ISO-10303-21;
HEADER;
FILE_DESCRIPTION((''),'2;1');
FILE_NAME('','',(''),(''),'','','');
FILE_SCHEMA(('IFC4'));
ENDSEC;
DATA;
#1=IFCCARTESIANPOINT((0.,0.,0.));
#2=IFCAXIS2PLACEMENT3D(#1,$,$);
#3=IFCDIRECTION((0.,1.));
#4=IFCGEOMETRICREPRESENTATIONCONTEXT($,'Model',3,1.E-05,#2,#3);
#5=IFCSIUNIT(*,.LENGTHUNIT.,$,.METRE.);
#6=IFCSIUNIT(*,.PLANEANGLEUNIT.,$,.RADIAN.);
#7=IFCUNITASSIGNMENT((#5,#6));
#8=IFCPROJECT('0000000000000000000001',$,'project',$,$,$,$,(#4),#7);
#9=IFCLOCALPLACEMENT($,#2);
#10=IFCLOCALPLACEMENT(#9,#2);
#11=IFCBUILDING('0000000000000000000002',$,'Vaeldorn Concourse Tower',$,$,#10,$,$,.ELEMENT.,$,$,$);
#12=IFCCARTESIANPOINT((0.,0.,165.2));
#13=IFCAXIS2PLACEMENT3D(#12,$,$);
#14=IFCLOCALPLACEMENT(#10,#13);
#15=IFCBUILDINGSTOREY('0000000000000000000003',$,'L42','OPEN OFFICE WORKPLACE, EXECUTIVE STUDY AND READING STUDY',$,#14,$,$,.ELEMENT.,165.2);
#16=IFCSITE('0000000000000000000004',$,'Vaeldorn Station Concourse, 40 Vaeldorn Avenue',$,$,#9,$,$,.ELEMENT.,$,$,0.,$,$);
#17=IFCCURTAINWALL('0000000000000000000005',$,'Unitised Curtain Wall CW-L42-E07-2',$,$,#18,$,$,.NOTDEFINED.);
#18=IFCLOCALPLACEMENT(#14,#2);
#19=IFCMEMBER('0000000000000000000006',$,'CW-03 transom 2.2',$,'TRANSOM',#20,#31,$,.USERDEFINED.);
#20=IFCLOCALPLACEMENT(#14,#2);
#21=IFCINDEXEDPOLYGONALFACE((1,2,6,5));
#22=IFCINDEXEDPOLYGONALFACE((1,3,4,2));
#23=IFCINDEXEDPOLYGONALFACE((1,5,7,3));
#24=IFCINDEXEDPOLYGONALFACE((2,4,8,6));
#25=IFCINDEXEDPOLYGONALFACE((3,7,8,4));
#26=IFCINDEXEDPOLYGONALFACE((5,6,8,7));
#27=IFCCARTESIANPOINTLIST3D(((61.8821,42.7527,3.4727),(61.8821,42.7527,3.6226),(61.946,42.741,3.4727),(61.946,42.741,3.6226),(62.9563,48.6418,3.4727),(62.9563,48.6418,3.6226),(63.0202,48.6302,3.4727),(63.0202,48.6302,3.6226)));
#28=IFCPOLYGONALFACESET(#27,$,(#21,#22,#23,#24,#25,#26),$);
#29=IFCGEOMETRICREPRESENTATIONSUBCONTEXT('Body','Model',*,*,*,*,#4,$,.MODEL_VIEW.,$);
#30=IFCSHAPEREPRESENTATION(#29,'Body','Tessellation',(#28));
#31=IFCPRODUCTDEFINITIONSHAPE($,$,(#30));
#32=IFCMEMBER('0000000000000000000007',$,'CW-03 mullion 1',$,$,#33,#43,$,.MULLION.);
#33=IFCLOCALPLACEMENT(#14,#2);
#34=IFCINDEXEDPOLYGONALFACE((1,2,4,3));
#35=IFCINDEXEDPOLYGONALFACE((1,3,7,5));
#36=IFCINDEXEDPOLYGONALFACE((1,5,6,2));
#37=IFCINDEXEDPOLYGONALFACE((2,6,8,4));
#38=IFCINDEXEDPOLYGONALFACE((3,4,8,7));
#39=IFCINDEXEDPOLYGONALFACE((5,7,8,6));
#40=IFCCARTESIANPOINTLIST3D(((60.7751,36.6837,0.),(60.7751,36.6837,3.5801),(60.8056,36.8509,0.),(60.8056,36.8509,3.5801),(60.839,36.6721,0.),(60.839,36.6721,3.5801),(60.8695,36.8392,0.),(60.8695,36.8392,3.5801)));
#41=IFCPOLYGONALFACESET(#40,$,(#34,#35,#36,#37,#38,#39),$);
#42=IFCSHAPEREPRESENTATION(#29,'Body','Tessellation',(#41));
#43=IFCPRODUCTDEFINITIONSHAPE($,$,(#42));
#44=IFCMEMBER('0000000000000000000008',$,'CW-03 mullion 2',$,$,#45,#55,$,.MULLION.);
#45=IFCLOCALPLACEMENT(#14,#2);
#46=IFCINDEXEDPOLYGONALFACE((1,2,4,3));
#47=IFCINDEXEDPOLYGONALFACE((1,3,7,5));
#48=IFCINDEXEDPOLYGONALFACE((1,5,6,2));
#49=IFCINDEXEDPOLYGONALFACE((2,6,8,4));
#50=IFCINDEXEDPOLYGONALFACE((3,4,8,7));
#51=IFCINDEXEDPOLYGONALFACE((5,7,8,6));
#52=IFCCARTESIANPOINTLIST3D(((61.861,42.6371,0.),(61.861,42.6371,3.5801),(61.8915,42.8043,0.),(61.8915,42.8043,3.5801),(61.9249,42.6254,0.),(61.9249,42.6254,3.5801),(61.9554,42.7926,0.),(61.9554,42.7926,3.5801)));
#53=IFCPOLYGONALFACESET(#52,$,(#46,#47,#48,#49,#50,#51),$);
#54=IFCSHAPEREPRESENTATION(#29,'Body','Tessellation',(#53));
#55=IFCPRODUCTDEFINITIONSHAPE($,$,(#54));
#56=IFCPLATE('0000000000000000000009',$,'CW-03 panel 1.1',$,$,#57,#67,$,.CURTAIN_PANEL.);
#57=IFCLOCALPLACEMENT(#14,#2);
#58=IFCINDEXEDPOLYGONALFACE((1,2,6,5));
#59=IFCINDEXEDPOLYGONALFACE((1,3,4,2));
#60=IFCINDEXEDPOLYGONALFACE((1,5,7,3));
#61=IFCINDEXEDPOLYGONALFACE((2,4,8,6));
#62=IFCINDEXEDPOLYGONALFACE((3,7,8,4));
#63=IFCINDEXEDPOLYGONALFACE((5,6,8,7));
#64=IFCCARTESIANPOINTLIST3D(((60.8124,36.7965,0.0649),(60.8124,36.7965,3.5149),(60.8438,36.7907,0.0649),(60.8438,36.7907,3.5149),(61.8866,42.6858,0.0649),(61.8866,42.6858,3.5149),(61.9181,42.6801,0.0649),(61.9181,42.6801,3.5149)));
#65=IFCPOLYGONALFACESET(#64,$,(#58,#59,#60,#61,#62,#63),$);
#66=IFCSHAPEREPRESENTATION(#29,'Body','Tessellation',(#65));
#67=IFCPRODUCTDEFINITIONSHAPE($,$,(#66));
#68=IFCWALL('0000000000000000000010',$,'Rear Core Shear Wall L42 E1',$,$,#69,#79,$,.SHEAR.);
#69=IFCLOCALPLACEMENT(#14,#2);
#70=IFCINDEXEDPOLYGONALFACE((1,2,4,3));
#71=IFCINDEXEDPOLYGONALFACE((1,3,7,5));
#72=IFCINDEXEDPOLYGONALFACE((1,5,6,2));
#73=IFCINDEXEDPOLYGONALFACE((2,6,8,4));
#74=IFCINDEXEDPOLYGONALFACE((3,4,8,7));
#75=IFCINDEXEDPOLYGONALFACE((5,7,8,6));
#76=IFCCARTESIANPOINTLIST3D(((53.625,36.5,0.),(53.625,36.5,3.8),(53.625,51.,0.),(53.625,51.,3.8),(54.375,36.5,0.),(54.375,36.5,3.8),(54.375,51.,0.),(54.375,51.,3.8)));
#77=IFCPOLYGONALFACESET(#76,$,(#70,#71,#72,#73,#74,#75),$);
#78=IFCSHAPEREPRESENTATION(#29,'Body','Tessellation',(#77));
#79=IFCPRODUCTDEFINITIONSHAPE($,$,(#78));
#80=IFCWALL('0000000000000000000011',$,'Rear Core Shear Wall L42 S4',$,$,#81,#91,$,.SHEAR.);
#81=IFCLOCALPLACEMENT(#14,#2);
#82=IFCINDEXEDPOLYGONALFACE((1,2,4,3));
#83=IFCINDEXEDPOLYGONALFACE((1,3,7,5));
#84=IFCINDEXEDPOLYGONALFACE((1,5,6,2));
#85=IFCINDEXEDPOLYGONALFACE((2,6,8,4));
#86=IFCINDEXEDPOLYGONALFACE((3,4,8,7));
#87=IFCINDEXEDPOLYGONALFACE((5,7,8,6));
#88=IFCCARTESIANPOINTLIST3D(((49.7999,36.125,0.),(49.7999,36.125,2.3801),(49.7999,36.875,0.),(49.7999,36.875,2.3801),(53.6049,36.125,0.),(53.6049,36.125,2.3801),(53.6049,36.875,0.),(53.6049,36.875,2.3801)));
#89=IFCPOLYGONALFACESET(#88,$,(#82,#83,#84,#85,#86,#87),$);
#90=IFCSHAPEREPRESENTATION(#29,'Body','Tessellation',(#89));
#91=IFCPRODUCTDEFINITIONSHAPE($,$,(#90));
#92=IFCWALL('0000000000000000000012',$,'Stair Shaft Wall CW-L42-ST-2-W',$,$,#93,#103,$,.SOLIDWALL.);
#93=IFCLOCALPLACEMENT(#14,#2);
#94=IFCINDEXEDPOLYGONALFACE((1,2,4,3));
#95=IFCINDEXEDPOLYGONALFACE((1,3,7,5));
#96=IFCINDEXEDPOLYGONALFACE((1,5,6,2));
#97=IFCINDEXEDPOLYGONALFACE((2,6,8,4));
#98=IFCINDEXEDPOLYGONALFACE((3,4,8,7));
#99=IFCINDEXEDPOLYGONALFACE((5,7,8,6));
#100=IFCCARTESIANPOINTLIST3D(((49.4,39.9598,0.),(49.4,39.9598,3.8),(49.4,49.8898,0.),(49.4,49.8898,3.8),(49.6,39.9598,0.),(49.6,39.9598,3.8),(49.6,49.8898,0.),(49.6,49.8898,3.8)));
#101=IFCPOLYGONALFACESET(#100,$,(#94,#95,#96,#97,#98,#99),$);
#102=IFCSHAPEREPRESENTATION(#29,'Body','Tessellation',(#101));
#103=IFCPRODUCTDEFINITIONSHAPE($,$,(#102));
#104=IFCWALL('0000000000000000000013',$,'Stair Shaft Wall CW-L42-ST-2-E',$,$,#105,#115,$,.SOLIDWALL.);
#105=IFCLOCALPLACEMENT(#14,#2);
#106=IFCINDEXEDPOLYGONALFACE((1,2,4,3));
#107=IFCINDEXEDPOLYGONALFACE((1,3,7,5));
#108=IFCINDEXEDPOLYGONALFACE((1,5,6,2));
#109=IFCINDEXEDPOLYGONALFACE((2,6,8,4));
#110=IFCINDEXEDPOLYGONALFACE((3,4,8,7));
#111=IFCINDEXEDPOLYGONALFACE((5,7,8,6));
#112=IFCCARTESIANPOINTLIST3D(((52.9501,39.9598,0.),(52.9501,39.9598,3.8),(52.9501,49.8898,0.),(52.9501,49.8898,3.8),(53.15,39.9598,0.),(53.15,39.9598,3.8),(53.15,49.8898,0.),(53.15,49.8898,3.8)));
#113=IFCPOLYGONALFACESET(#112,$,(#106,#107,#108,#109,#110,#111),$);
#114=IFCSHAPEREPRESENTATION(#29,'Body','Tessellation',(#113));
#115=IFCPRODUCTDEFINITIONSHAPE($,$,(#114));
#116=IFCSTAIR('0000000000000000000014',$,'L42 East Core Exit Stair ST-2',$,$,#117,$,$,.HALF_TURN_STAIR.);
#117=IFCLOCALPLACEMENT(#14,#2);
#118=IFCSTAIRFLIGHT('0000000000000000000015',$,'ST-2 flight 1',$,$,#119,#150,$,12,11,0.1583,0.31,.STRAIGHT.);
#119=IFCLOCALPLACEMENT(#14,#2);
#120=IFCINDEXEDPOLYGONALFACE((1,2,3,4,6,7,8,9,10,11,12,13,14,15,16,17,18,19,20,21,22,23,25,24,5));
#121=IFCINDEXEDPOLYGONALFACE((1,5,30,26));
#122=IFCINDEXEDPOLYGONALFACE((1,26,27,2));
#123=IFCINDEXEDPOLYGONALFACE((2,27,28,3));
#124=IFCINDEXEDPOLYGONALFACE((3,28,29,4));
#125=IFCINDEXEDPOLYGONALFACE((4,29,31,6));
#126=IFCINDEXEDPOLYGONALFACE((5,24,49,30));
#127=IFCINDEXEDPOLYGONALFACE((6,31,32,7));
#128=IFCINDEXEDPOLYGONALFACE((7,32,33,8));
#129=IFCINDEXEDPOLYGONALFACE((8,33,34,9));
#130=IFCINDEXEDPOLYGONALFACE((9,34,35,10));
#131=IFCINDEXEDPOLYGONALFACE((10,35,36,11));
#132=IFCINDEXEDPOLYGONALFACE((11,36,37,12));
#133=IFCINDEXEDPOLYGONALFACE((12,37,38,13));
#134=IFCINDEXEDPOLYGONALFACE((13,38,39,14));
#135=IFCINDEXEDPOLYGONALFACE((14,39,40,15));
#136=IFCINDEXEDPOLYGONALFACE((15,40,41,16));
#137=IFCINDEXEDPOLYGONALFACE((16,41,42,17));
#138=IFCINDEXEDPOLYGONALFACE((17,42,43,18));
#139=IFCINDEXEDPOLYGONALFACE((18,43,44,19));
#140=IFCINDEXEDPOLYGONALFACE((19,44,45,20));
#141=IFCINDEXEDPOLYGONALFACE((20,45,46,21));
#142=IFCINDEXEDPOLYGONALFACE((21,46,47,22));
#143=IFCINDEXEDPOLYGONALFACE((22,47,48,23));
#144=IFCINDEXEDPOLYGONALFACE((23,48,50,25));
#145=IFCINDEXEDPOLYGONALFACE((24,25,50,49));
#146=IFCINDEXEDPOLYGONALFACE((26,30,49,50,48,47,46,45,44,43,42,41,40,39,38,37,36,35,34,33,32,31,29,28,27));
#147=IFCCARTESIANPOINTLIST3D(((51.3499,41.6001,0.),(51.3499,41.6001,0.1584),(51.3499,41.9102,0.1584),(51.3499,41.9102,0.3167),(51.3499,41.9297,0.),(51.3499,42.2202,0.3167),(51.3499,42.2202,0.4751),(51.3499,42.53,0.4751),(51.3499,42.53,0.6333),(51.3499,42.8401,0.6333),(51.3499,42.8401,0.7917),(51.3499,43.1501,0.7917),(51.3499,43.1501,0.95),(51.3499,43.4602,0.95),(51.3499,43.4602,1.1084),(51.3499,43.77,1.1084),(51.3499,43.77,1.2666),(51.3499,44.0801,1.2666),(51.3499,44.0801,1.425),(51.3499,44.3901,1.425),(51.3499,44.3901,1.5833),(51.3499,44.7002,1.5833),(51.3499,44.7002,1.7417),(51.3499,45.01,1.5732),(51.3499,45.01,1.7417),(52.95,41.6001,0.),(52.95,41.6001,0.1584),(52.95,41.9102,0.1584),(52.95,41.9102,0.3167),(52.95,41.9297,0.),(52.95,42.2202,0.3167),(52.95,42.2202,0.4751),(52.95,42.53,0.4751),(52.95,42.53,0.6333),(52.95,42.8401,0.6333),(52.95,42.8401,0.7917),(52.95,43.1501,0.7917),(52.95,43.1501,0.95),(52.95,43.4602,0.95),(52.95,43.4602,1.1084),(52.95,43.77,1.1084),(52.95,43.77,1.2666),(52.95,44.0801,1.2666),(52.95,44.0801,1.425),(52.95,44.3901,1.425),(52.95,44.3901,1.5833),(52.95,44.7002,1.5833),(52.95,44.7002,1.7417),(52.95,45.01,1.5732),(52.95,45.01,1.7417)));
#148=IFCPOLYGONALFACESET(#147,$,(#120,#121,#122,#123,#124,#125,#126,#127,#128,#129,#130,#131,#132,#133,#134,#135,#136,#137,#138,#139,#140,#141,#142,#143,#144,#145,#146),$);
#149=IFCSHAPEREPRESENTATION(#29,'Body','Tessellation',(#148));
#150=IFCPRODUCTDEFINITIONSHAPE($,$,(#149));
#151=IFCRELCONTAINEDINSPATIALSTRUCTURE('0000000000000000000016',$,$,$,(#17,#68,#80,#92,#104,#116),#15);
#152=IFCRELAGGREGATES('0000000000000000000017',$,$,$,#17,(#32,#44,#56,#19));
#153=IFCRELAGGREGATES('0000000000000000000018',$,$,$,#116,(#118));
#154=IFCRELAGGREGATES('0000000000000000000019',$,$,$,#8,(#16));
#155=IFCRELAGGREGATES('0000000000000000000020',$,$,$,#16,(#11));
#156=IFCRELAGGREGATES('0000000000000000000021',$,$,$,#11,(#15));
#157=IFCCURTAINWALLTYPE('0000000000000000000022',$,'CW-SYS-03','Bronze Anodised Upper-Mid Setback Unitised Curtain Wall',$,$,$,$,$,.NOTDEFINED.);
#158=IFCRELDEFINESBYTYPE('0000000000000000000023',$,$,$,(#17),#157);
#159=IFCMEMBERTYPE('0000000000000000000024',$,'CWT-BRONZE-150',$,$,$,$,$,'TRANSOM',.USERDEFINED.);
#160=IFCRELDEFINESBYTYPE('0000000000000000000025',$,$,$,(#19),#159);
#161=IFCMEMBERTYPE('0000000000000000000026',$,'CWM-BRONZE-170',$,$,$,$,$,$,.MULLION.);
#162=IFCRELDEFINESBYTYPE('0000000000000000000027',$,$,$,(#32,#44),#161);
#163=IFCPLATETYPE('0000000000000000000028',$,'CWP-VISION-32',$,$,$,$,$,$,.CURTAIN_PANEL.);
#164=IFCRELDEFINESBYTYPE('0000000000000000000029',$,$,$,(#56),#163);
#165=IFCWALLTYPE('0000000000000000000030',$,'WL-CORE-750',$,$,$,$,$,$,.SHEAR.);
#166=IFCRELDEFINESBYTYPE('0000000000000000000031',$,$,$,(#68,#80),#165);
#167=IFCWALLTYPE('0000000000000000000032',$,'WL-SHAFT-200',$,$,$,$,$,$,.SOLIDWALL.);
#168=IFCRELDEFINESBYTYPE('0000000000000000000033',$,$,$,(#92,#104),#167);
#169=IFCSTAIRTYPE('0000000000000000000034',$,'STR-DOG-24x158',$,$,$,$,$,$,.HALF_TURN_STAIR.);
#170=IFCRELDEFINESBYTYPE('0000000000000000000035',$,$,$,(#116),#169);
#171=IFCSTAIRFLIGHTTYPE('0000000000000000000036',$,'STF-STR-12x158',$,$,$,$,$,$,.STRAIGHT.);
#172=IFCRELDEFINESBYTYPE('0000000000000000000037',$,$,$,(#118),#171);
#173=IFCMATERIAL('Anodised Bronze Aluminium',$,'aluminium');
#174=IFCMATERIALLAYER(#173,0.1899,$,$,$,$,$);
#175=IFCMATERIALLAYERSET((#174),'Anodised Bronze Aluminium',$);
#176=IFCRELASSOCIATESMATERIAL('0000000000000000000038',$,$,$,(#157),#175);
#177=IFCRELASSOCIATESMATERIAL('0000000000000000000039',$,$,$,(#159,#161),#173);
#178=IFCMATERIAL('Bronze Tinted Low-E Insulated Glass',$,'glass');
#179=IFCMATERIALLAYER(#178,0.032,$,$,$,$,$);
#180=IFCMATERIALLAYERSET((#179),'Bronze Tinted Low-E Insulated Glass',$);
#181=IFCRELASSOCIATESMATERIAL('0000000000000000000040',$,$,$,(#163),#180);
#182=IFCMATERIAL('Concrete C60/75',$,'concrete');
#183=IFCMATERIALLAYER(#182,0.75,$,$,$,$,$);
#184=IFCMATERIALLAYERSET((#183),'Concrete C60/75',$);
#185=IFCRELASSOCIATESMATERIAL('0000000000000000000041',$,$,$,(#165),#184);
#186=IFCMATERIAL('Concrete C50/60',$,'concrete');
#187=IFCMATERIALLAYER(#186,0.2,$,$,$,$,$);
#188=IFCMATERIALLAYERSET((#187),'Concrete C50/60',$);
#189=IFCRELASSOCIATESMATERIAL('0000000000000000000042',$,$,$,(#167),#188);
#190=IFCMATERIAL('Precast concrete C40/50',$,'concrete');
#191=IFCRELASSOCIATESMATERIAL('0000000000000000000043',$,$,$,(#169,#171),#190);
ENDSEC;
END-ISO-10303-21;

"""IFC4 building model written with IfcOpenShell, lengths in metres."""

from ifc_helpers import new_model, si_unit, direction, frame, frame_2d, origin, origin_2d, place, context, subcontext, project, spatial, polyline, rectangle, outline, extrude, source, transform, mapped, material, layer, layer_set, material_profile, profile_set, type_object, element, aggregate, save


model = new_model("IFC4")

# Units and contexts
model_context = context("Model", 3, precision=1e-05, world=origin(), true_north=direction((0.0, 1.0)))
body_context = subcontext(model_context, "Body", "Model", "MODEL_VIEW")
ifc_project = project(units=[si_unit("LENGTHUNIT", "METRE"), si_unit("PLANEANGLEUNIT", "RADIAN")], contexts=[model_context])

# Site, building, storey
site_placement = place(None, origin())
site = spatial("IfcSite", under=ifc_project, at=site_placement, Name="Vaeldorn Station Concourse, 40 Vaeldorn Avenue", CompositionType="ELEMENT", RefElevation=0.0)
building_placement = place(site_placement, origin())
building = spatial("IfcBuilding", under=site, at=building_placement, Name="Vaeldorn Concourse Tower", CompositionType="ELEMENT")
storey_placement = place(building_placement, frame((0.0, 0.0, 165.2)))
storey = spatial("IfcBuildingStorey", under=building, at=storey_placement, Name="L42", Description="OPEN OFFICE WORKPLACE, EXECUTIVE STUDY AND READING STUDY", CompositionType="ELEMENT", Elevation=165.2)

# Shared definitions
ifc_material_1 = material(Name="Concrete C50/60", Category="concrete")

# Curtain wall, members, plate
ifc_material_2 = material(Name="Anodised Bronze Aluminium", Category="aluminium")
ifc_layer_1 = layer(ifc_material_2, 0.1899)
ifc_layer_set_1 = layer_set([ifc_layer_1], Name="Anodised Bronze Aluminium")
curtain_wall_type = type_object("IfcCurtainWallType", Name="CW-SYS-03", Description="Bronze Anodised Upper-Mid Setback Unitised Curtain Wall", PredefinedType="NOTDEFINED", material=ifc_layer_set_1)
curtain_wall_placement = place(storey_placement, origin())
curtain_wall = element("IfcCurtainWall", 1, at=curtain_wall_placement, inside=storey, type_object=curtain_wall_type, Name="Unitised Curtain Wall CW-L42-E07-2", PredefinedType="NOTDEFINED")
ifc_material_profile_1 = material_profile(ifc_material_2, rectangle(XDim=0.0649, YDim=0.1499, at=origin_2d()), Name="CWT 65x150")
ifc_profile_set_1 = profile_set([ifc_material_profile_1], Name="Anodised Bronze Aluminium")
member_type_1 = type_object("IfcMemberType", Name="CWT-BRONZE-150", ElementType="TRANSOM", PredefinedType="USERDEFINED", material=ifc_profile_set_1)
shared_shape_1 = source(origin(), body_context, "Body", "SweptSolid", [
    extrude(rectangle(XDim=0.0649, YDim=0.1499, at=origin_2d()), origin(), (0.0, 0.0, 1.0), 5.9863),
])
member_1_placement = place(storey_placement, frame((61.9141, 42.7468, 3.5476), z_axis=(0.179445, 0.983768, 0.0), x_axis=(-0.983768, 0.179445, 0.0)))
member_1 = element("IfcMember", 2, at=member_1_placement, type_object=member_type_1, Name="CW-03 transom 2.2", ObjectType="TRANSOM", PredefinedType="USERDEFINED", context=body_context, shape_type="MappedRepresentation", body=[
    mapped(shared_shape_1, transform((0.0, 0.0, 0.0), scale=1.0)),
])
ifc_material_profile_2 = material_profile(ifc_material_2, rectangle(XDim=0.0649, YDim=0.1699, at=origin_2d()), Name="CWM 65x170")
ifc_profile_set_2 = profile_set([ifc_material_profile_2], Name="Anodised Bronze Aluminium")
member_type_2 = type_object("IfcMemberType", Name="CWM-BRONZE-170", PredefinedType="MULLION", material=ifc_profile_set_2)
shared_shape_2 = source(origin(), body_context, "Body", "SweptSolid", [
    extrude(rectangle(XDim=0.0649, YDim=0.1699, at=origin_2d()), origin(), (0.0, 0.0, 1.0), 3.5801),
])
member_2_placement = place(storey_placement, frame((60.8223, 36.7615, 0.0), z_axis=(0.0, 0.0, 1.0), x_axis=(-0.983768, 0.179447, 0.0)))
member_2 = element("IfcMember", 3, at=member_2_placement, type_object=member_type_2, Name="CW-03 mullion 1", PredefinedType="MULLION", context=body_context, shape_type="MappedRepresentation", body=[
    mapped(shared_shape_2, transform((0.0, 0.0, 0.0), scale=1.0)),
])
member_3_placement = place(storey_placement, frame((61.9082, 42.7148, 0.0), z_axis=(0.0, 0.0, 1.0), x_axis=(-0.983768, 0.179447, 0.0)))
member_3 = element("IfcMember", 4, at=member_3_placement, type_object=member_type_2, Name="CW-03 mullion 2", PredefinedType="MULLION", context=body_context, shape_type="MappedRepresentation", body=[
    mapped(shared_shape_2, transform((0.0, 0.0, 0.0), scale=1.0)),
])
ifc_material_3 = material(Name="Bronze Tinted Low-E Insulated Glass", Category="glass")
ifc_layer_2 = layer(ifc_material_3, 0.032)
ifc_layer_set_2 = layer_set([ifc_layer_2], Name="Bronze Tinted Low-E Insulated Glass")
plate_type = type_object("IfcPlateType", Name="CWP-VISION-32", PredefinedType="CURTAIN_PANEL", material=ifc_layer_set_2)
shared_shape_3 = source(origin(), body_context, "Body", "SweptSolid", [
    extrude(rectangle(XDim=5.9866, YDim=0.032, at=origin_2d()), origin(), (0.0, 0.0, 1.0), 3.45),
])
plate_placement = place(storey_placement, frame((61.3652, 39.7383, 0.0649), z_axis=(0.0, 0.0, 1.0), x_axis=(0.179447, 0.983768, 0.0)))
plate = element("IfcPlate", 5, at=plate_placement, type_object=plate_type, Name="CW-03 panel 1.1", PredefinedType="CURTAIN_PANEL", context=body_context, shape_type="MappedRepresentation", body=[
    mapped(shared_shape_3, transform((0.0, 0.0, 0.0), scale=1.0)),
])
aggregate(curtain_wall, [member_2, member_3, plate, member_1])

# Walls
ifc_material_4 = material(Name="Concrete C60/75", Category="concrete")
ifc_layer_3 = layer(ifc_material_4, 0.75)
ifc_layer_set_3 = layer_set([ifc_layer_3], Name="Concrete C60/75")
wall_type_1 = type_object("IfcWallType", Name="WL-CORE-750", PredefinedType="SHEAR", material=ifc_layer_set_3)
wall_1_placement = place(storey_placement, frame((54.0, 36.5, 0.0), z_axis=(0.0, 0.0, 1.0), x_axis=(0.0, 1.0, 0.0)))
element("IfcWall", 6, at=wall_1_placement, inside=storey, type_object=wall_type_1, Name="Rear Core Shear Wall L42 E1", PredefinedType="SHEAR", context=body_context, shape_type="SweptSolid", body=[
    extrude(rectangle(XDim=14.5, YDim=0.75, at=frame_2d((7.25, 0.0))), origin(), (0.0, 0.0, 1.0), 3.8),
])
wall_2_placement = place(storey_placement, frame((49.8, 36.5, 0.0), z_axis=(0.0, 0.0, 1.0), x_axis=(1.0, 0.0, 0.0)))
element("IfcWall", 7, at=wall_2_placement, inside=storey, type_object=wall_type_1, Name="Rear Core Shear Wall L42 S4", PredefinedType="SHEAR", context=body_context, shape_type="SweptSolid", body=[
    extrude(rectangle(XDim=3.8049, YDim=0.75, at=frame_2d((1.9023, 0.0))), origin(), (0.0, 0.0, 1.0), 2.3801),
])
ifc_layer_4 = layer(ifc_material_1, 0.2)
ifc_layer_set_4 = layer_set([ifc_layer_4], Name="Concrete C50/60")
wall_type_2 = type_object("IfcWallType", Name="WL-SHAFT-200", PredefinedType="SOLIDWALL", material=ifc_layer_set_4)
for number, where, z_axis, x_axis, name in (
    (8, (49.5, 39.96, 0.0), (0.0, 0.0, 1.0), (0.0, 1.0, 0.0), "Stair Shaft Wall CW-L42-ST-2-W"),
    (9, (53.05, 39.96, 0.0), (0.0, 0.0, 1.0), (0.0, 1.0, 0.0), "Stair Shaft Wall CW-L42-ST-2-E"),
):
    element("IfcWall", number, at=place(storey_placement, frame(where, z_axis=z_axis, x_axis=x_axis)), inside=storey, type_object=wall_type_2, Name=name, PredefinedType="SOLIDWALL", context=body_context, shape_type="SweptSolid", body=[
        extrude(rectangle(XDim=9.9299, YDim=0.2, at=frame_2d((4.9648, 0.0))), origin(), (0.0, 0.0, 1.0), 3.8),
    ])

# Stair, stair flight
ifc_material_5 = material(Name="Precast concrete C40/50", Category="concrete")
stair_type = type_object("IfcStairType", Name="STR-DOG-24x158", PredefinedType="HALF_TURN_STAIR", material=ifc_material_5)
stair_placement = place(storey_placement, origin())
stair = element("IfcStair", 10, at=stair_placement, inside=storey, type_object=stair_type, Name="L42 East Core Exit Stair ST-2", PredefinedType="HALF_TURN_STAIR")
stair_flight_type = type_object("IfcStairFlightType", Name="STF-STR-12x158", PredefinedType="STRAIGHT", material=ifc_material_5)
stair_flight_placement = place(storey_placement, frame((52.1499, 41.6001, 0.0), z_axis=(0.0, 0.0, 1.0), x_axis=(0.0, 1.0, 0.0)))
stair_flight = element("IfcStairFlight", 11, at=stair_flight_placement, type_object=stair_flight_type, Name="ST-2 flight 1", NumberOfRisers=12, NumberOfTreads=11, PredefinedType="STRAIGHT", RiserHeight=0.1583, TreadLength=0.31, context=body_context, shape_type="SweptSolid", body=[
    extrude(outline(polyline([(0.0, 0.0), (0.0, 0.1584), (0.3101, 0.1584), (0.3101, 0.3167), (0.6201, 0.3167), (0.6201, 0.4751), (0.9299, 0.4751), (0.9299, 0.6333), (1.24, 0.6333), (1.24, 0.7917), (1.55, 0.7917), (1.55, 0.95), (1.8601, 0.95), (1.8601, 1.1084), (2.1699, 1.1084), (2.1699, 1.2666), (2.48, 1.2666), (2.48, 1.425), (2.79, 1.425), (2.79, 1.5833), (3.1001, 1.5833), (3.1001, 1.7417), (3.4099, 1.7417), (3.4099, 1.8999), (3.4099, 1.5732), (0.3296, 0.0), (0.0, 0.0)])), frame((0.0, 0.8, 0.0), z_axis=(0.0, -1.0, 0.0), x_axis=(1.0, 0.0, 0.0)), (0.0, 0.0, 1.0), 1.6001),
])
aggregate(stair, [stair_flight])

save(model, "model.ifc")
